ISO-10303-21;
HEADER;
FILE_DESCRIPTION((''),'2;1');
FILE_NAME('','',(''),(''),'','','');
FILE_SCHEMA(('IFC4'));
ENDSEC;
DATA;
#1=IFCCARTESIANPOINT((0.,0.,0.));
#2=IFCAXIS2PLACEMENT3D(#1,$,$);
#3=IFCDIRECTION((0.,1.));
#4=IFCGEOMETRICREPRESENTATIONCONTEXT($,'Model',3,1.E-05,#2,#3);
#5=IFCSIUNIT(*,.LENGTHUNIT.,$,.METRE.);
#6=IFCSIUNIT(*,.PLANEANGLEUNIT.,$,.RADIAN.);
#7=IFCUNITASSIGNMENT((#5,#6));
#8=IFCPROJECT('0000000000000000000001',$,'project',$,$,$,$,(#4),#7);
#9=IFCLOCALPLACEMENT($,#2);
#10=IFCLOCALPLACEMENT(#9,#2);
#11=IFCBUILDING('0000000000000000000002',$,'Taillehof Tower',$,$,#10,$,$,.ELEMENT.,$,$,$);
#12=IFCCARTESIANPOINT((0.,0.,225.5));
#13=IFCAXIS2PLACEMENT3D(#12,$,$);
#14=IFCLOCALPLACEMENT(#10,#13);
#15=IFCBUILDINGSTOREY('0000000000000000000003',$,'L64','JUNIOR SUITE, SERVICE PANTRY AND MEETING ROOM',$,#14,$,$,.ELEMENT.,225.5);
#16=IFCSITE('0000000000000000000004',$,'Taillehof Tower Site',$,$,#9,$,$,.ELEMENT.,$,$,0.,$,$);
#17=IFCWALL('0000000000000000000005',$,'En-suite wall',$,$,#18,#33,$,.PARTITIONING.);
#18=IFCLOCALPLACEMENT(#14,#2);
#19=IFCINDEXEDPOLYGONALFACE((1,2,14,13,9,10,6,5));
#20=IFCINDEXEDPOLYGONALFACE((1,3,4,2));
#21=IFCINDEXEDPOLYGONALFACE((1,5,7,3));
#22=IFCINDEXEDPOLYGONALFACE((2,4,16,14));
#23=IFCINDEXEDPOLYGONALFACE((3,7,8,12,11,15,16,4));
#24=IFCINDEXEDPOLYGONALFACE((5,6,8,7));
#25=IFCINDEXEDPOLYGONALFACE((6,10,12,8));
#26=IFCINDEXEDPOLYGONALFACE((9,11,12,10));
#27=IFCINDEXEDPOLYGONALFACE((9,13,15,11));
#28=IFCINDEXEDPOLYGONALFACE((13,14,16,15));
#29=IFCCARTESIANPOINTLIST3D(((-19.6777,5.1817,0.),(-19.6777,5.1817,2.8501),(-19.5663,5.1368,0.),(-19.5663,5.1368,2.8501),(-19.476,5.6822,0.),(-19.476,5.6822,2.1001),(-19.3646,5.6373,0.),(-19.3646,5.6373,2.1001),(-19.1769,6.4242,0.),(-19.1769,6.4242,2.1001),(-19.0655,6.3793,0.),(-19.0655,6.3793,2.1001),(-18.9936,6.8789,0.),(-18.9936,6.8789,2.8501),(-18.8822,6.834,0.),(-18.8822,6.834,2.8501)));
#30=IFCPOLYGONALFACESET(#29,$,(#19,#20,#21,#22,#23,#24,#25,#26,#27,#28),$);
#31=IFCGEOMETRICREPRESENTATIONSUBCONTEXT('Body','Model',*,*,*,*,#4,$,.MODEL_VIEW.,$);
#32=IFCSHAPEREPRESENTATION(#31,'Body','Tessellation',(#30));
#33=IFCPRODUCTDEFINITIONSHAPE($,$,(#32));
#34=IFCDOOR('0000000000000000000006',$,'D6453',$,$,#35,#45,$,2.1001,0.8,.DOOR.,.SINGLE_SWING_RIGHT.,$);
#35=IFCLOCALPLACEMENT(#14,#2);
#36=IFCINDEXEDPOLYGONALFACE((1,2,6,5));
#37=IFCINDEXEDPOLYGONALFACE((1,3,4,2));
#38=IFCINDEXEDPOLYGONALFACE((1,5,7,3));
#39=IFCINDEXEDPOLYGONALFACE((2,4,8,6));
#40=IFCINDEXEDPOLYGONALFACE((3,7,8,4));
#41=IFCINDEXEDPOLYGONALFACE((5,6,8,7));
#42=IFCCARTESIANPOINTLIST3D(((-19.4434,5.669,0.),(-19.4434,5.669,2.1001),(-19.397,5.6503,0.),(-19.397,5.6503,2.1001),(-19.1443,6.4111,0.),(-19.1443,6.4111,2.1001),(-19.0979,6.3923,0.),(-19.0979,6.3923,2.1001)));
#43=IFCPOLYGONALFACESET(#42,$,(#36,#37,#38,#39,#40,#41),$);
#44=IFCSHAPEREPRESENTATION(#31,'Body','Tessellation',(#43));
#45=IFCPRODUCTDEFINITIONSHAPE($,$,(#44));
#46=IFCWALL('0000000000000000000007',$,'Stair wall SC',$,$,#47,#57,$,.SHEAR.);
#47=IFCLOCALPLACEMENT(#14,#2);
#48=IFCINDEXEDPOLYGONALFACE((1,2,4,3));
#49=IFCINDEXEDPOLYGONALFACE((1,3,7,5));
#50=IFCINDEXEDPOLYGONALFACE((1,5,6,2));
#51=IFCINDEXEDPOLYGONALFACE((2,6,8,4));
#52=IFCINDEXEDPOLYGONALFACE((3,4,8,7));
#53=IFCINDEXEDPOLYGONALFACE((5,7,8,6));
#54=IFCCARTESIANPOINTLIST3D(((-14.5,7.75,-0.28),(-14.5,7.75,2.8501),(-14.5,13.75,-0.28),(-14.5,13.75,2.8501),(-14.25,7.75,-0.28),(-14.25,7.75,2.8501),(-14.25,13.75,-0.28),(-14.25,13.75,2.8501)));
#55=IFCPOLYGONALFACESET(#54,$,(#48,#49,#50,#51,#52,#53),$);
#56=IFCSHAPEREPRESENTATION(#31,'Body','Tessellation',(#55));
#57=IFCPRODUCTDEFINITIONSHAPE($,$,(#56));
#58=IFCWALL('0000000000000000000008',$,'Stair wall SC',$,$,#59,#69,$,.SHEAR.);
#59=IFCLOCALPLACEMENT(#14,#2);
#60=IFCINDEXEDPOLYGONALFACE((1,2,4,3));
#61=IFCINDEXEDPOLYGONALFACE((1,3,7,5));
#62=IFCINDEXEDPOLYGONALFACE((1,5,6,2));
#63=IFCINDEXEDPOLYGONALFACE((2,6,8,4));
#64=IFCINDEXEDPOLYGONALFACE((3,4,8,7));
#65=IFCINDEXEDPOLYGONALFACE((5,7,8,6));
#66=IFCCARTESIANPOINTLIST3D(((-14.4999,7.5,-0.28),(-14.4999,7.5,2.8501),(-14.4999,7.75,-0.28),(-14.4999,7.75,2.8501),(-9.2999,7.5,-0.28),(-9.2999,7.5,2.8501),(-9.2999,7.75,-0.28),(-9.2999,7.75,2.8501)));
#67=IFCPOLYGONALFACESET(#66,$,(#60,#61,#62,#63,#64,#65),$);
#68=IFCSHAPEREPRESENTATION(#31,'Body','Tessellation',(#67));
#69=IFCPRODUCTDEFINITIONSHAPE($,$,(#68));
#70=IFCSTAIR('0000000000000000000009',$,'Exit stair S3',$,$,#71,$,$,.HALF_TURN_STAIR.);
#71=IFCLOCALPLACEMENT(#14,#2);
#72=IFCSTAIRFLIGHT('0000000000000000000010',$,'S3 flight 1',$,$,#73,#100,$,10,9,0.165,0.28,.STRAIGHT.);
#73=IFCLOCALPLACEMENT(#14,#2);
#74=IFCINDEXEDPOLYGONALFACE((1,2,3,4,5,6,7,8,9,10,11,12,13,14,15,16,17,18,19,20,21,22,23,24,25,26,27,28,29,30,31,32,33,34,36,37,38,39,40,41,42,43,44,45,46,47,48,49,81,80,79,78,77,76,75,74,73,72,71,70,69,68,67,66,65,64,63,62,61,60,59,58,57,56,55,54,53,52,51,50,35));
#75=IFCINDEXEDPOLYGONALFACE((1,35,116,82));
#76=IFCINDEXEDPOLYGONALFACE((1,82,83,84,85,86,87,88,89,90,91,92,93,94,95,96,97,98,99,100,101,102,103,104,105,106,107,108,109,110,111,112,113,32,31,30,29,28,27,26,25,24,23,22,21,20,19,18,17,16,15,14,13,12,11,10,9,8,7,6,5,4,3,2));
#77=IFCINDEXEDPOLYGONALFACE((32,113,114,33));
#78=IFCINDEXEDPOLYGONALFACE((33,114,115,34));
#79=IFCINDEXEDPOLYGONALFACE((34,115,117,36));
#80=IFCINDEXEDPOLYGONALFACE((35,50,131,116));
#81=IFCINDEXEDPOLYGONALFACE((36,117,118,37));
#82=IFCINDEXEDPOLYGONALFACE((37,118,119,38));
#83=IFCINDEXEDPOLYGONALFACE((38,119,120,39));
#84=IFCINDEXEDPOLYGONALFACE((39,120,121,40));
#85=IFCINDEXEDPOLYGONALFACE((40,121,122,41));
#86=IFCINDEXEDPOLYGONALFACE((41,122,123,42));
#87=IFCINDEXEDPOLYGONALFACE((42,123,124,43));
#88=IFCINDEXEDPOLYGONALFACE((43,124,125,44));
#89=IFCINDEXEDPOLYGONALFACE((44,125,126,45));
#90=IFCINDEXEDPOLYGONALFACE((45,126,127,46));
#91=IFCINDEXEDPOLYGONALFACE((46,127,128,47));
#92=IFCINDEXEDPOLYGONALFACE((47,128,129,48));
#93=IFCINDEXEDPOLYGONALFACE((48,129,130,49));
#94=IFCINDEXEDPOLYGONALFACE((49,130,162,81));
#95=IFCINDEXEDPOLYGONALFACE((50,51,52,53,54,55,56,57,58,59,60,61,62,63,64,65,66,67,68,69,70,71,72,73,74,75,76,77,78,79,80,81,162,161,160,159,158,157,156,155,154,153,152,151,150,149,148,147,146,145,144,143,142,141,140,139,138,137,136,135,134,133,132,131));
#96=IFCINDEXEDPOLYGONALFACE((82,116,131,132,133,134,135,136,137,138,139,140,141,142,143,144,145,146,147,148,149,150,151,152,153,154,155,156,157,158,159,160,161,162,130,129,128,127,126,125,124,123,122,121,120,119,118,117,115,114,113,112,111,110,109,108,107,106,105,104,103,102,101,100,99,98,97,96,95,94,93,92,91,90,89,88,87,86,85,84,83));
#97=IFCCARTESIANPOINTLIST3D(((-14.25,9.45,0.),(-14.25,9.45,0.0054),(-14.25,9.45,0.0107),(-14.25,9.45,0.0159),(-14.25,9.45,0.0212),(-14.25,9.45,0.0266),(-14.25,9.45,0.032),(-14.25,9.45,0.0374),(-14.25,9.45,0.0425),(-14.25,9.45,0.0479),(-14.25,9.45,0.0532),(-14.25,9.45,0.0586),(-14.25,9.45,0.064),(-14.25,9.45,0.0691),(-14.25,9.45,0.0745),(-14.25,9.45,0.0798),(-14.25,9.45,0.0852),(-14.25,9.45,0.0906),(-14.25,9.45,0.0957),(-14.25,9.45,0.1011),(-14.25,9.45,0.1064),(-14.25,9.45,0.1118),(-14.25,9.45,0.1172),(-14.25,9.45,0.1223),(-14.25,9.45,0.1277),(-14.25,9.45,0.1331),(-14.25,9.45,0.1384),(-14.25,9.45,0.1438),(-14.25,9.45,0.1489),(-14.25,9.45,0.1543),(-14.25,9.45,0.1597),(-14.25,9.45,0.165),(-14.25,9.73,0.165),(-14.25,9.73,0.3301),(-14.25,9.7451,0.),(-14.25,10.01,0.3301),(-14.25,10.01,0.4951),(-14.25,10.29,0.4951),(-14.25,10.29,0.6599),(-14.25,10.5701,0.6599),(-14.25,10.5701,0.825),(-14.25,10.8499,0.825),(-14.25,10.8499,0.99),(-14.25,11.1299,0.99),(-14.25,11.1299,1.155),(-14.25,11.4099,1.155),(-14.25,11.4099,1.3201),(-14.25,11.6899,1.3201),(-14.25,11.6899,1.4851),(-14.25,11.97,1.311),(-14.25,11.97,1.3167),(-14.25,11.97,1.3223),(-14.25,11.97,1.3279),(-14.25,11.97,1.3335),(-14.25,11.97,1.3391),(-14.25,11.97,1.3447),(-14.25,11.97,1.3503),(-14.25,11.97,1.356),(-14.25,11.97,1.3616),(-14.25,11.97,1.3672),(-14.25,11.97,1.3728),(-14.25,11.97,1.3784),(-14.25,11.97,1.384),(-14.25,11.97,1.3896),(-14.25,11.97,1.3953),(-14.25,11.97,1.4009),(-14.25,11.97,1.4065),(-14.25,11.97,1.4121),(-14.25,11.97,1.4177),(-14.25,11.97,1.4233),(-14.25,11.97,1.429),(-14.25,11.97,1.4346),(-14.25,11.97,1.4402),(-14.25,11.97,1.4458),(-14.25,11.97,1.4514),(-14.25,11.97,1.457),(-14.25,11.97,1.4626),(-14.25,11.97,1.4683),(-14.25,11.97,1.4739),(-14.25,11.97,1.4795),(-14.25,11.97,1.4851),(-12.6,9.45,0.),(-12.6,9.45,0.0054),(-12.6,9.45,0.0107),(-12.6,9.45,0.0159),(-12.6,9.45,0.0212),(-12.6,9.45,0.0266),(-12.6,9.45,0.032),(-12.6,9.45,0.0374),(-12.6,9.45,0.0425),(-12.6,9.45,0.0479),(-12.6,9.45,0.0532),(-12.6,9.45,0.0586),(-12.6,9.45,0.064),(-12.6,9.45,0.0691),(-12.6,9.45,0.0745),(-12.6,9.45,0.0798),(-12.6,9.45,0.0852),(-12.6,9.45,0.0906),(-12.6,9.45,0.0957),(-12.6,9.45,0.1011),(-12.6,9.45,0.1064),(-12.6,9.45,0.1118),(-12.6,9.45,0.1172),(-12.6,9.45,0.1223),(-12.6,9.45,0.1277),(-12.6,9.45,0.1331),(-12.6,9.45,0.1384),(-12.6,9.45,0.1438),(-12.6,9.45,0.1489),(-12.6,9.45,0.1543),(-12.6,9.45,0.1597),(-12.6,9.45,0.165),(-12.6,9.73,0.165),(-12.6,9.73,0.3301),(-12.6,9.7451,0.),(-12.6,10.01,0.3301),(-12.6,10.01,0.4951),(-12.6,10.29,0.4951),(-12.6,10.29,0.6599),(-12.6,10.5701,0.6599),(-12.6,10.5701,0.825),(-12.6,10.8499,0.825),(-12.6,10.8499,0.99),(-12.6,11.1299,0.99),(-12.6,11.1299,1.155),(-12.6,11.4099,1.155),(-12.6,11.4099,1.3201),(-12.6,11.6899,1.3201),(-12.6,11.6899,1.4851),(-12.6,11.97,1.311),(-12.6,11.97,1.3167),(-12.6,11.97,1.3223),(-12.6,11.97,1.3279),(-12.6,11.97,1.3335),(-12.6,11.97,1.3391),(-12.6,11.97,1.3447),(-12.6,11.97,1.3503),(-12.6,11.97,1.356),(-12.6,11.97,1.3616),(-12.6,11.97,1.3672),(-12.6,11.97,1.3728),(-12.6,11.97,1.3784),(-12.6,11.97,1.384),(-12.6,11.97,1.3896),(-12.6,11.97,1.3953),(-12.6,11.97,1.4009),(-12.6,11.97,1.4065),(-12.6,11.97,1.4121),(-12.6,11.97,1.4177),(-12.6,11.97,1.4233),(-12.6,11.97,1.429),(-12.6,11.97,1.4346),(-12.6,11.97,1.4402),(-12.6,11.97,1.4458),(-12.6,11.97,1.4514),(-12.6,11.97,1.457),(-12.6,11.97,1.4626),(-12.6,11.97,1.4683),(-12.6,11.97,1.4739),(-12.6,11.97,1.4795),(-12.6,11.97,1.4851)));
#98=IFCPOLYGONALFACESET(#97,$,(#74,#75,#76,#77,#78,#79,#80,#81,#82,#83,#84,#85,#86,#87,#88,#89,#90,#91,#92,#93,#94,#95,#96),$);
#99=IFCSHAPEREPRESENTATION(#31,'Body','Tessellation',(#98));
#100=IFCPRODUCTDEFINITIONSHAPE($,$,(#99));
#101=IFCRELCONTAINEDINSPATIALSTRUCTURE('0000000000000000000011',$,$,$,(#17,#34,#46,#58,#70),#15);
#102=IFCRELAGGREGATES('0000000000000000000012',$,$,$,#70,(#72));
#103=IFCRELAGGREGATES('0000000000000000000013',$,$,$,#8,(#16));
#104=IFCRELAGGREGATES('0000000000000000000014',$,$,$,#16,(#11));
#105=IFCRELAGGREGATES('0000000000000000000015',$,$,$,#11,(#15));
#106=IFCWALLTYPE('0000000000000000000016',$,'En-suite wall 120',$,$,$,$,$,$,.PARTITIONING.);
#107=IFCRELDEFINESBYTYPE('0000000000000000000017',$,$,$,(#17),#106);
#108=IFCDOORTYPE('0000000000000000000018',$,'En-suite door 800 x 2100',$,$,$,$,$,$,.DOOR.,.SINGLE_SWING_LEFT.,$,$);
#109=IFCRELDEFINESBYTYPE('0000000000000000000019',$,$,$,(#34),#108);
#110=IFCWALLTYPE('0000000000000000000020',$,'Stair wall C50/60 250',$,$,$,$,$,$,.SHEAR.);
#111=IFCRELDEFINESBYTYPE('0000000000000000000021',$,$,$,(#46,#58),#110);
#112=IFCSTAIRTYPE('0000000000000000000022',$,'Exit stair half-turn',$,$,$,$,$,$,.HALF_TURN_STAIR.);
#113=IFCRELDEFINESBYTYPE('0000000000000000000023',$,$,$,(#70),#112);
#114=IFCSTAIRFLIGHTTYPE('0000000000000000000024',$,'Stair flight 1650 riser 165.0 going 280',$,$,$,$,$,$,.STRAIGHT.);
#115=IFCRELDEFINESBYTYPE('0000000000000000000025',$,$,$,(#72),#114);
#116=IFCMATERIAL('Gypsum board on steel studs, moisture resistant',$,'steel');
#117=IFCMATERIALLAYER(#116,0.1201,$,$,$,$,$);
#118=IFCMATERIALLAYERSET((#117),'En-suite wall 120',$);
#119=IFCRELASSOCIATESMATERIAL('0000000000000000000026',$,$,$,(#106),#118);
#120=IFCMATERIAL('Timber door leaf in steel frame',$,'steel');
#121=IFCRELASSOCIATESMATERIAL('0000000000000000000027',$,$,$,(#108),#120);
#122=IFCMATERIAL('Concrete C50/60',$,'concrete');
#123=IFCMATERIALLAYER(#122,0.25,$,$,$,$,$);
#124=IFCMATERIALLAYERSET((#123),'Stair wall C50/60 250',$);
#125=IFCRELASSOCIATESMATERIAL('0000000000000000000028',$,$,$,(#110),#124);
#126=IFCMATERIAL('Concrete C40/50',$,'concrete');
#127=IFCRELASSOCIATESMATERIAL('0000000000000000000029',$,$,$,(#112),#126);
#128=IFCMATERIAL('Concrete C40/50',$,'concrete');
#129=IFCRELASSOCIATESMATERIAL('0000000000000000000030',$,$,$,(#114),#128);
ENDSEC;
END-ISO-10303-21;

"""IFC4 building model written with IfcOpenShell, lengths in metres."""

from ifc_helpers import new_model, si_unit, direction, frame, frame_2d, origin, place, context, subcontext, project, spatial, polyline, rectangle, outline, extrude, material, layer, layer_set, type_object, element, fill, aggregate, save


model = new_model("IFC4")

# Units and contexts
model_context = context("Model", 3, precision=1e-05, world=origin(), true_north=direction((0.0, 1.0)))
body_context = subcontext(model_context, "Body", "Model", "MODEL_VIEW")
ifc_project = project(units=[si_unit("LENGTHUNIT", "METRE"), si_unit("PLANEANGLEUNIT", "RADIAN")], contexts=[model_context])

# Site, building, storey
site_placement = place(None, origin())
site = spatial("IfcSite", under=ifc_project, at=site_placement, Name="Taillehof Tower Site", CompositionType="ELEMENT", RefElevation=0.0)
building_placement = place(site_placement, origin())
building = spatial("IfcBuilding", under=site, at=building_placement, Name="Taillehof Tower", CompositionType="ELEMENT")
storey_placement = place(building_placement, frame((0.0, 0.0, 225.5)))
storey = spatial("IfcBuildingStorey", under=building, at=storey_placement, Name="L64", Description="JUNIOR SUITE, SERVICE PANTRY AND MEETING ROOM", CompositionType="ELEMENT", Elevation=225.5)

# Shared definitions
ifc_material_1 = material(Name="Gypsum board on steel studs, moisture resistant", Category="steel")
ifc_layer_1 = layer(ifc_material_1, 0.1201)
ifc_layer_set_1 = layer_set([ifc_layer_1], Name="En-suite wall 120")
wall_type_1 = type_object("IfcWallType", Name="En-suite wall 120", PredefinedType="PARTITIONING", material=ifc_layer_set_1)

# Wall, opening, door
wall_1_placement = place(storey_placement, frame((-19.6221, 5.1592, 0.0), z_axis=(0.0, 0.0, 1.0), x_axis=(0.373874, 0.92748, 0.0)))
wall_1 = element("IfcWall", 1, at=wall_1_placement, inside=storey, type_object=wall_type_1, Name="En-suite wall", PredefinedType="PARTITIONING", context=body_context, shape_type="SweptSolid", body=[
    extrude(rectangle(XDim=1.8298, YDim=0.1201, at=frame_2d((0.915, 0.0))), origin(), (0.0, 0.0, 1.0), 2.8501),
])
opening_1_placement = place(wall_1_placement, frame((0.5398, 0.0, 0.0)))
opening_1 = element("IfcOpeningElement", 2, at=opening_1_placement, cuts=wall_1, PredefinedType="OPENING", context=body_context, shape_type="SweptSolid", body=[
    extrude(rectangle(XDim=0.8, YDim=2.1001, at=frame_2d((0.3999, 1.05))), frame((0.0, 0.0701, 0.0), z_axis=(0.0, -1.0, 0.0), x_axis=(1.0, 0.0, 0.0)), (0.0, 0.0, 1.0), 0.1401),
])
ifc_material_2 = material(Name="Timber door leaf in steel frame", Category="steel")
door_type_1 = type_object("IfcDoorType", Name="En-suite door 800 x 2100", OperationType="SINGLE_SWING_LEFT", PredefinedType="DOOR", material=ifc_material_2)
door_1_placement = place(opening_1_placement, origin())
door_1 = element("IfcDoor", 3, at=door_1_placement, inside=storey, type_object=door_type_1, Name="D6453", OperationType="SINGLE_SWING_RIGHT", OverallHeight=2.1001, OverallWidth=0.8, PredefinedType="DOOR", context=body_context, shape_type="SweptSolid", body=[
    extrude(rectangle(XDim=0.8, YDim=2.1001, at=frame_2d((0.3999, 1.05))), frame((0.0, 0.0249, 0.0), z_axis=(0.0, -1.0, 0.0), x_axis=(1.0, 0.0, 0.0)), (0.0, 0.0, 1.0), 0.05),
])
fill(opening_1, door_1)

# Walls
ifc_material_3 = material(Name="Concrete C50/60", Category="concrete")
ifc_layer_2 = layer(ifc_material_3, 0.25)
ifc_layer_set_2 = layer_set([ifc_layer_2], Name="Stair wall C50/60 250")
wall_type_2 = type_object("IfcWallType", Name="Stair wall C50/60 250", PredefinedType="SHEAR", material=ifc_layer_set_2)
wall_2_placement = place(storey_placement, frame((-14.375, 7.75, -0.28), z_axis=(0.0, 0.0, 1.0), x_axis=(0.0, 1.0, 0.0)))
element("IfcWall", 4, at=wall_2_placement, inside=storey, type_object=wall_type_2, Name="Stair wall SC", PredefinedType="SHEAR", context=body_context, shape_type="SweptSolid", body=[
    extrude(rectangle(XDim=6.0, YDim=0.25, at=frame_2d((3.0, 0.0))), origin(), (0.0, 0.0, 1.0), 3.1301),
])
wall_3_placement = place(storey_placement, frame((-14.5, 7.625, -0.28), z_axis=(0.0, 0.0, 1.0), x_axis=(1.0, 0.0, 0.0)))
element("IfcWall", 5, at=wall_3_placement, inside=storey, type_object=wall_type_2, Name="Stair wall SC", PredefinedType="SHEAR", context=body_context, shape_type="SweptSolid", body=[
    extrude(rectangle(XDim=5.2, YDim=0.25, at=frame_2d((2.6001, 0.0))), origin(), (0.0, 0.0, 1.0), 3.1301),
])

# Stair, stair flight
ifc_material_4 = material(Name="Concrete C40/50", Category="concrete")
stair_type = type_object("IfcStairType", Name="Exit stair half-turn", PredefinedType="HALF_TURN_STAIR", material=ifc_material_4)
stair_placement = place(storey_placement, origin())
stair = element("IfcStair", 6, at=stair_placement, inside=storey, type_object=stair_type, Name="Exit stair S3", PredefinedType="HALF_TURN_STAIR")
ifc_material_5 = material(Name="Concrete C40/50", Category="concrete")
stair_flight_type = type_object("IfcStairFlightType", Name="Stair flight 1650 riser 165.0 going 280", PredefinedType="STRAIGHT", material=ifc_material_5)
stair_flight_placement = place(storey_placement, frame((-13.425, 9.45, 0.0), z_axis=(0.0, 0.0, 1.0), x_axis=(0.0, 1.0, 0.0)))
stair_flight = element("IfcStairFlight", 7, at=stair_flight_placement, type_object=stair_flight_type, Name="S3 flight 1", NumberOfRisers=10, NumberOfTreads=9, PredefinedType="STRAIGHT", RiserHeight=0.165, TreadLength=0.28, context=body_context, shape_type="SweptSolid", body=[
    extrude(outline(polyline([(0.0, 0.0), (0.0, 0.0054), (0.0, 0.0107), (0.0, 0.0159), (0.0, 0.0212), (0.0, 0.0266), (0.0, 0.032), (0.0, 0.0374), (0.0, 0.0425), (0.0, 0.0479), (0.0, 0.0532), (0.0, 0.0586), (0.0, 0.064), (0.0, 0.0691), (0.0, 0.0745), (0.0, 0.0798), (0.0, 0.0852), (0.0, 0.0906), (0.0, 0.0957), (0.0, 0.1011), (0.0, 0.1064), (0.0, 0.1118), (0.0, 0.1172), (0.0, 0.1223), (0.0, 0.1277), (0.0, 0.1331), (0.0, 0.1384), (0.0, 0.1438), (0.0, 0.1489), (0.0, 0.1543), (0.0, 0.1597), (0.0, 0.165), (0.28, 0.165), (0.28, 0.3301), (0.5601, 0.3301), (0.5601, 0.4951), (0.8401, 0.4951), (0.8401, 0.6599), (1.1201, 0.6599), (1.1201, 0.825), (1.3999, 0.825), (1.3999, 0.99), (1.6799, 0.99), (1.6799, 1.155), (1.96, 1.155), (1.96, 1.3201), (2.24, 1.3201), (2.24, 1.4851), (2.52, 1.4851), (2.52, 1.4795), (2.52, 1.4739), (2.52, 1.4683), (2.52, 1.4626), (2.52, 1.457), (2.52, 1.4514), (2.52, 1.4458), (2.52, 1.4402), (2.52, 1.4346), (2.52, 1.429), (2.52, 1.4233), (2.52, 1.4177), (2.52, 1.4121), (2.52, 1.4065), (2.52, 1.4009), (2.52, 1.3953), (2.52, 1.3896), (2.52, 1.384), (2.52, 1.3784), (2.52, 1.3728), (2.52, 1.3672), (2.52, 1.3616), (2.52, 1.356), (2.52, 1.3503), (2.52, 1.3447), (2.52, 1.3391), (2.52, 1.3335), (2.52, 1.3279), (2.52, 1.3223), (2.52, 1.3167), (2.52, 1.311), (0.2952, 0.0), (0.0, 0.0)])), frame((0.0, 0.825, 0.0), z_axis=(0.0, -1.0, 0.0), x_axis=(1.0, 0.0, 0.0)), (0.0, 0.0, 1.0), 1.65),
])
aggregate(stair, [stair_flight])

save(model, "model.ifc")
